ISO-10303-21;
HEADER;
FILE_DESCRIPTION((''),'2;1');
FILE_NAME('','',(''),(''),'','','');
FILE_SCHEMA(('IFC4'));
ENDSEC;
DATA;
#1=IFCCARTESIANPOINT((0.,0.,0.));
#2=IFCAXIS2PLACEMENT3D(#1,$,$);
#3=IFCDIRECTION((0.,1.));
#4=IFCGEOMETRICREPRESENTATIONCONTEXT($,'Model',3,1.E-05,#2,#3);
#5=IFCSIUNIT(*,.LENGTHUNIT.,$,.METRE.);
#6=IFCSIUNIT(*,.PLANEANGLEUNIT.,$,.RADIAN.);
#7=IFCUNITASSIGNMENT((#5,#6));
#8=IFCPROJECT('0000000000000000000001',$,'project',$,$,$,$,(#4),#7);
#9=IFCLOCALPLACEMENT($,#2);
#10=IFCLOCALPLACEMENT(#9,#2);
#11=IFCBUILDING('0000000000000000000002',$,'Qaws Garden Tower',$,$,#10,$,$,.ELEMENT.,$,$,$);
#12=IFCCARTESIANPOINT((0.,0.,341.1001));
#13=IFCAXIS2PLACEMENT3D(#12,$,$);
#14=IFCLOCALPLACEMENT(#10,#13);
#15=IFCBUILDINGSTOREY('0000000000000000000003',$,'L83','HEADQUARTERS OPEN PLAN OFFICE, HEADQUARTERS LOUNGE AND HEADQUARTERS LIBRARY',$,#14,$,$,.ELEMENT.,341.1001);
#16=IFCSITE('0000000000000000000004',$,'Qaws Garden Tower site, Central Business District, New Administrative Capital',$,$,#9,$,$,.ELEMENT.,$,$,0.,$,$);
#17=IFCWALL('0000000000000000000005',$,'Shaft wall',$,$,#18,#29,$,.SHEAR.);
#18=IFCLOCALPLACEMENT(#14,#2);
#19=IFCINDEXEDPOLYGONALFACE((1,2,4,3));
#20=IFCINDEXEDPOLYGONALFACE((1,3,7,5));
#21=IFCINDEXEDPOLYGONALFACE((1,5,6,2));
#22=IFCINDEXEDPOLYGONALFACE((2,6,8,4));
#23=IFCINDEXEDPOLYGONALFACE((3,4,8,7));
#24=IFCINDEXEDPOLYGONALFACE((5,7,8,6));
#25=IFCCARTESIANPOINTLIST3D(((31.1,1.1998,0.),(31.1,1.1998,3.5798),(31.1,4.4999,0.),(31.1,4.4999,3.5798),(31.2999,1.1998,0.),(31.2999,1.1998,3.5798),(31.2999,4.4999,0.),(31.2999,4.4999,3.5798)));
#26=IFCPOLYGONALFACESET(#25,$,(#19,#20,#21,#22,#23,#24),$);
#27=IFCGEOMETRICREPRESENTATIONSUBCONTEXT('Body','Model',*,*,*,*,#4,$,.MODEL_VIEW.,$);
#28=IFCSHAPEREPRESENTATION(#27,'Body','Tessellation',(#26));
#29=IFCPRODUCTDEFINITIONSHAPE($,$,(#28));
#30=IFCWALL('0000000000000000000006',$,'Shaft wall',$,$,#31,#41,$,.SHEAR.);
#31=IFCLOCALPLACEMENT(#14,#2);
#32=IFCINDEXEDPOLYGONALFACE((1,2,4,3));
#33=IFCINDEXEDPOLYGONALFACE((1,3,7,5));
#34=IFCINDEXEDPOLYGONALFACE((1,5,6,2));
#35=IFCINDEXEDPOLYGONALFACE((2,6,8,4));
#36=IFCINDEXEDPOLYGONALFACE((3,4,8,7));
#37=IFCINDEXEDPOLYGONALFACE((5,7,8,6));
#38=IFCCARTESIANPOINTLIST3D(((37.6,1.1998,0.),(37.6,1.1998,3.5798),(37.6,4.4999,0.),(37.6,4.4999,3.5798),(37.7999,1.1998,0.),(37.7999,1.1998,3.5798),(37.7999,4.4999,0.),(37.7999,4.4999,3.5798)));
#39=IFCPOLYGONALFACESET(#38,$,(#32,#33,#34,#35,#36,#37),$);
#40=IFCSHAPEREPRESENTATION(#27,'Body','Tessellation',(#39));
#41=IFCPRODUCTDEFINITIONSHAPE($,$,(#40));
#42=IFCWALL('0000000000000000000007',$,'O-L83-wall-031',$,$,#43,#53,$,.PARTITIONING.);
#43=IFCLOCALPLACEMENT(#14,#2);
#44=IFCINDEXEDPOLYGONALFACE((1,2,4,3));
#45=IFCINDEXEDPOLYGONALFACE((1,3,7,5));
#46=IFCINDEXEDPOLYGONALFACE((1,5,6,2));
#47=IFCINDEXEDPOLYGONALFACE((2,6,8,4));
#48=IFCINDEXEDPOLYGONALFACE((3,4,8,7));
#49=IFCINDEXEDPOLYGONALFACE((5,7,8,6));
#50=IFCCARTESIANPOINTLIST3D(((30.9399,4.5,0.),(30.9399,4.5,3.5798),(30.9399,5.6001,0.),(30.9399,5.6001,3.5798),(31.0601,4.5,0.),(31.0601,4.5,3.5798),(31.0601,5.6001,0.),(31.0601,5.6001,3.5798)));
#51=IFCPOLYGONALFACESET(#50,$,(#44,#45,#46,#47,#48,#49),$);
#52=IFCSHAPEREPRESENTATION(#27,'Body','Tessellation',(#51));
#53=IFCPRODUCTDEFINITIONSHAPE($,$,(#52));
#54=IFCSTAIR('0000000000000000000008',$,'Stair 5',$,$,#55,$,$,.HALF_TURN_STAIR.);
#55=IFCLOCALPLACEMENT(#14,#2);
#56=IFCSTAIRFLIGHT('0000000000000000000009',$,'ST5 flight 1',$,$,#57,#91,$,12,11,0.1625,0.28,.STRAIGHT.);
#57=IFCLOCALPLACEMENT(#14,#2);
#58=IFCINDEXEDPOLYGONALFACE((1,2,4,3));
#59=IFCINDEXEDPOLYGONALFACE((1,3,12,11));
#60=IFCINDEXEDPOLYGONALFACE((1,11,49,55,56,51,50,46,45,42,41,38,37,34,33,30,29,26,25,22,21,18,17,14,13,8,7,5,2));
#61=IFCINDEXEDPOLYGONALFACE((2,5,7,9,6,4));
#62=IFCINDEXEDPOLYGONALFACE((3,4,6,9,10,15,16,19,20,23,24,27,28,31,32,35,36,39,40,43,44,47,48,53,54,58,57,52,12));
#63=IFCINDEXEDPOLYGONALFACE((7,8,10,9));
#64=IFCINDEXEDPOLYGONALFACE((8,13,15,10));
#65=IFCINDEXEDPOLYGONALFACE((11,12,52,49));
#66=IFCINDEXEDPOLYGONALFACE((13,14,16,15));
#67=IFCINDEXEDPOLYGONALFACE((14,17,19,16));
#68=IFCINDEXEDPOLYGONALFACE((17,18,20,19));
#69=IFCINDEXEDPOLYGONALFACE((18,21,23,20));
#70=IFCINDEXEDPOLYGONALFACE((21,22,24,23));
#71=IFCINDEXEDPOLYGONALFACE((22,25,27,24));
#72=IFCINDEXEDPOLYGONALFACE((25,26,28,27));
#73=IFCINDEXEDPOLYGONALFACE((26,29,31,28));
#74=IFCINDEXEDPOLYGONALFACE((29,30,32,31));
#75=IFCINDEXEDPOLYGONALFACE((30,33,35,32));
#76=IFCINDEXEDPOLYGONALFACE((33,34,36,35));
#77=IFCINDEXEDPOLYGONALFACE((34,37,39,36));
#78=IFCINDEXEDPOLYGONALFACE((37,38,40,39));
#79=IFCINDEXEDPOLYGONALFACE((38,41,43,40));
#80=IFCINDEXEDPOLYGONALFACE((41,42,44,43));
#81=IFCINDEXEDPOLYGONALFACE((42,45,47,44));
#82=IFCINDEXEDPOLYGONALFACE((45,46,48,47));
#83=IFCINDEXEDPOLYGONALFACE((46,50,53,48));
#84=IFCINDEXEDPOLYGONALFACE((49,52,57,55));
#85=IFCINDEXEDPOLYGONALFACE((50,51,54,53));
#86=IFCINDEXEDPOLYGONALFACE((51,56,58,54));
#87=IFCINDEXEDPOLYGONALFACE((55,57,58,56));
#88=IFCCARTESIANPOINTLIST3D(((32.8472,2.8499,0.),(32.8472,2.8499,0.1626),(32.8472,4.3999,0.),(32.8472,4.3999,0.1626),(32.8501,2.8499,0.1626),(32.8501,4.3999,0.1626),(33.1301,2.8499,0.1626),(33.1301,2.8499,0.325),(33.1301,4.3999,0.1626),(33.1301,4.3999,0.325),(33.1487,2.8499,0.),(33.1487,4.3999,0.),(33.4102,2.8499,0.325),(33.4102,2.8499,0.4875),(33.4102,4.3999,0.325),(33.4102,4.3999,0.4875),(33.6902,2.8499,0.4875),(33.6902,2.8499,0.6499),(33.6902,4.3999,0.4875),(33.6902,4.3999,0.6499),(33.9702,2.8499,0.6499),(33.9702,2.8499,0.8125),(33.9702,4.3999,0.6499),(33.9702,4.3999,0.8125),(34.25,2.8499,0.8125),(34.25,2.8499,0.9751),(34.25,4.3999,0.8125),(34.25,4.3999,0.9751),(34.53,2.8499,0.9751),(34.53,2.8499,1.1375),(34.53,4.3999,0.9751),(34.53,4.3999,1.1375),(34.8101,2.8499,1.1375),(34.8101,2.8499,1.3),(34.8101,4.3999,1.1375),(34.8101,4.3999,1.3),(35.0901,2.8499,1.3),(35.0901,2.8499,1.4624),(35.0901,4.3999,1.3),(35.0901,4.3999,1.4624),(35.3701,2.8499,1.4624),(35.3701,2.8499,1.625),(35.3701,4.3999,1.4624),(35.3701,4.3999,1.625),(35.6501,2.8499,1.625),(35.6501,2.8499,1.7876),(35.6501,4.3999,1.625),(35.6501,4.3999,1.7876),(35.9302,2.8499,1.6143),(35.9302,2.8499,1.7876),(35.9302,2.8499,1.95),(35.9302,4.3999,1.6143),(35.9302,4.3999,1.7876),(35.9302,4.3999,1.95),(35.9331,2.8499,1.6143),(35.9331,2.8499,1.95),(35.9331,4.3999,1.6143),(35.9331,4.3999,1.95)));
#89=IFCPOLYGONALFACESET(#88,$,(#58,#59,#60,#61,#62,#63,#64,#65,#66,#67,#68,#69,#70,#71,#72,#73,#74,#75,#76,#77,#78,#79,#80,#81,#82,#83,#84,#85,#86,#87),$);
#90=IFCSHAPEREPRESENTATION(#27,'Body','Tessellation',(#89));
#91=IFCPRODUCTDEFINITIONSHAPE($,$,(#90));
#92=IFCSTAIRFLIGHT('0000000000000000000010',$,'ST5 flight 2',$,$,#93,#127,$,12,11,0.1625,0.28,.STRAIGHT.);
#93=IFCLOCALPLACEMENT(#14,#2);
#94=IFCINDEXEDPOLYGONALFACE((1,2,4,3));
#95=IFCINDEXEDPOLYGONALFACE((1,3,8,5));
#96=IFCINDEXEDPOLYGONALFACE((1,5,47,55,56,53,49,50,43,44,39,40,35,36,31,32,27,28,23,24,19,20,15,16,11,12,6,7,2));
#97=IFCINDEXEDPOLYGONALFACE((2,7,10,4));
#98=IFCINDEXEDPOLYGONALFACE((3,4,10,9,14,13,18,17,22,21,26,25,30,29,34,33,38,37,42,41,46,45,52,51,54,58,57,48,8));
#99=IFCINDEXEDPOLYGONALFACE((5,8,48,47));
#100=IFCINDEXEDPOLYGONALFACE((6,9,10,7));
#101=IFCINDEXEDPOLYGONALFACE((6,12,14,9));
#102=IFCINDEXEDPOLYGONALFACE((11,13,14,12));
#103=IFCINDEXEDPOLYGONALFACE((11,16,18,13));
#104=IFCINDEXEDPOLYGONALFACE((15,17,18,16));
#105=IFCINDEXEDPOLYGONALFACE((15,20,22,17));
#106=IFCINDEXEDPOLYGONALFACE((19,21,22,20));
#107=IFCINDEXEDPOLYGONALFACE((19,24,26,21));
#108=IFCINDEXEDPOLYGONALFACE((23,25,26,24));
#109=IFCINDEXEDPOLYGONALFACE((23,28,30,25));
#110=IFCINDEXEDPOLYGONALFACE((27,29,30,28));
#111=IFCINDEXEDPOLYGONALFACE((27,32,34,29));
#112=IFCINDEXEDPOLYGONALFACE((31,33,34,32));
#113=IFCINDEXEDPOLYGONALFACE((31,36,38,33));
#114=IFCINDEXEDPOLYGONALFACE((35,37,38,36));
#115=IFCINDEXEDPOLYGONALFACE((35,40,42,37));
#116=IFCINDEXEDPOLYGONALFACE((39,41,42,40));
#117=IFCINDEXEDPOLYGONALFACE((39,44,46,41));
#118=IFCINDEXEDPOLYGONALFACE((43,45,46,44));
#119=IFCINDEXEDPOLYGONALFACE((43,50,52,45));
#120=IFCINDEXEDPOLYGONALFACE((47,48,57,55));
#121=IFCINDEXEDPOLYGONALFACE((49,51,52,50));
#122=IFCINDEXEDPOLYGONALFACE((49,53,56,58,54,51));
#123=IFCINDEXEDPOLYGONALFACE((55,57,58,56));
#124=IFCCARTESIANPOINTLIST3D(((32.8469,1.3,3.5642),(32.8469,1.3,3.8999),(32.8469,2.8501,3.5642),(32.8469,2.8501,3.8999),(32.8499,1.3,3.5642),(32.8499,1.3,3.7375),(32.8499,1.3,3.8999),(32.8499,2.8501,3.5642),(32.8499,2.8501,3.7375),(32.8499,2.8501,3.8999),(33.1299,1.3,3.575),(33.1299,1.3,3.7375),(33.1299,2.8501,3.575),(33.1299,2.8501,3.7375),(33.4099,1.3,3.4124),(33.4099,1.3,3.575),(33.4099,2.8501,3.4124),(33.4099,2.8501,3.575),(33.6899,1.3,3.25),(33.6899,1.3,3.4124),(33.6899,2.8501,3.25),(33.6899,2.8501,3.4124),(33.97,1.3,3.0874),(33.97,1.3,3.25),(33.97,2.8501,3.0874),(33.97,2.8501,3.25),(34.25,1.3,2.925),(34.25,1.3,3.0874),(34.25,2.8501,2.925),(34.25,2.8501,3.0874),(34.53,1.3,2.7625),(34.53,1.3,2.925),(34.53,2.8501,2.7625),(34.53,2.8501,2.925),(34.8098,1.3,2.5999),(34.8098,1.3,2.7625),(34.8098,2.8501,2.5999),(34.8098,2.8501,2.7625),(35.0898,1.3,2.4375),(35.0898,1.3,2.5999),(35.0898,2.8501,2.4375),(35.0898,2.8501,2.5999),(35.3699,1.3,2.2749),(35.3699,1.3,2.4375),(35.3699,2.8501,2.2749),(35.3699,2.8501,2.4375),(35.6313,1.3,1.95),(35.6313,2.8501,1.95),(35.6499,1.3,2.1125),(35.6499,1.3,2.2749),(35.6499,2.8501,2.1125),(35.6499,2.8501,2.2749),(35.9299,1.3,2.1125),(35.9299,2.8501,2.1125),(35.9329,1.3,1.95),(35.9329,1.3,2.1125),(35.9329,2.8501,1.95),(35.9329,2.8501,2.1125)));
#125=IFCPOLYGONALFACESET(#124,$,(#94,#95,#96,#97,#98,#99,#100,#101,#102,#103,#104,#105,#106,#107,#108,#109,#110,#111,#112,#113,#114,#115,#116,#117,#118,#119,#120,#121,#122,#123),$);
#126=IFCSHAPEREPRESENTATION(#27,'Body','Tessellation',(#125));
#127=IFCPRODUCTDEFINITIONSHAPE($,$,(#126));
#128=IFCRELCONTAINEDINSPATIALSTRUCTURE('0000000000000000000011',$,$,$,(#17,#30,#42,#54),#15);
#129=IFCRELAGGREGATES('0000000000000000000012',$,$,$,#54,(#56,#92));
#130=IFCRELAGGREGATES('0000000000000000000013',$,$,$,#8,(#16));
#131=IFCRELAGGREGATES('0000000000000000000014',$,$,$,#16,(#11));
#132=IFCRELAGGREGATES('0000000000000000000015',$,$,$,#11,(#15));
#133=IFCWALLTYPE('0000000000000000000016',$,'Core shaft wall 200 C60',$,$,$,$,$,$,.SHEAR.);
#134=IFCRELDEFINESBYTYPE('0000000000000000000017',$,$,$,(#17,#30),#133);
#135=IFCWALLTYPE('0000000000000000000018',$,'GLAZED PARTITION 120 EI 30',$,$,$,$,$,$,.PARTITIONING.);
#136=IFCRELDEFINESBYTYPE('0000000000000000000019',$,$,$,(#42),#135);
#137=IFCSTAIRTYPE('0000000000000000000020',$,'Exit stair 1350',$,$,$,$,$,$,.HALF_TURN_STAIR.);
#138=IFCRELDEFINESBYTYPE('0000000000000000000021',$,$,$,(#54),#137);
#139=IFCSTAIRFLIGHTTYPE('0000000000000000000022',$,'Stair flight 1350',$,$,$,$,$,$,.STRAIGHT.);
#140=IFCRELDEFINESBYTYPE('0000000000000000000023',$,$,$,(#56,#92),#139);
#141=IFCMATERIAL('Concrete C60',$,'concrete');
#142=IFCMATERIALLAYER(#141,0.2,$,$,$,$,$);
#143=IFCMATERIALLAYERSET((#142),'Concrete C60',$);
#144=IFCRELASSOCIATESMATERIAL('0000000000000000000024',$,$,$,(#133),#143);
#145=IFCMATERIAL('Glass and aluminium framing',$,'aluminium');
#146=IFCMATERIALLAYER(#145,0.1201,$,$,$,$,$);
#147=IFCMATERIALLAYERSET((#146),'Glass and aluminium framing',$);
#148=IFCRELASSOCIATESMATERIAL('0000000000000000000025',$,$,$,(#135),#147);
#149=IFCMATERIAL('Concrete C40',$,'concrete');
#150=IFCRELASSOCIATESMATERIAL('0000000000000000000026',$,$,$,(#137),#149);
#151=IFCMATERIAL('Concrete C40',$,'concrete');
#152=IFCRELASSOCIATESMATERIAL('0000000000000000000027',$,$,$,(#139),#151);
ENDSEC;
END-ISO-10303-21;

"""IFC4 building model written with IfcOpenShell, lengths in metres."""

from ifc_helpers import new_model, si_unit, direction, frame, frame_2d, origin, place, context, subcontext, project, spatial, polyline, rectangle, outline, extrude, material, layer, layer_set, type_object, element, aggregate, save


model = new_model("IFC4")

# Units and contexts
model_context = context("Model", 3, precision=1e-05, world=origin(), true_north=direction((0.0, 1.0)))
body_context = subcontext(model_context, "Body", "Model", "MODEL_VIEW")
ifc_project = project(units=[si_unit("LENGTHUNIT", "METRE"), si_unit("PLANEANGLEUNIT", "RADIAN")], contexts=[model_context])

# Site, building, storey
site_placement = place(None, origin())
site = spatial("IfcSite", under=ifc_project, at=site_placement, Name="Qaws Garden Tower site, Central Business District, New Administrative Capital", CompositionType="ELEMENT", RefElevation=0.0)
building_placement = place(site_placement, origin())
building = spatial("IfcBuilding", under=site, at=building_placement, Name="Qaws Garden Tower", CompositionType="ELEMENT")
storey_placement = place(building_placement, frame((0.0, 0.0, 341.1001)))
storey = spatial("IfcBuildingStorey", under=building, at=storey_placement, Name="L83", Description="HEADQUARTERS OPEN PLAN OFFICE, HEADQUARTERS LOUNGE AND HEADQUARTERS LIBRARY", CompositionType="ELEMENT", Elevation=341.1001)

# Shared definitions
ifc_material_1 = material(Name="Concrete C60", Category="concrete")
ifc_layer_1 = layer(ifc_material_1, 0.2)
ifc_layer_set_1 = layer_set([ifc_layer_1], Name="Concrete C60")
wall_type_1 = type_object("IfcWallType", Name="Core shaft wall 200 C60", PredefinedType="SHEAR", material=ifc_layer_set_1)

# Walls
for number, where, z_axis, x_axis, name in (
    (1, (31.2, 1.2, 0.0), (0.0, 0.0, 1.0), (0.0, 1.0, 0.0), "Shaft wall"),
    (2, (37.7, 1.2, 0.0), (0.0, 0.0, 1.0), (0.0, 1.0, 0.0), "Shaft wall"),
):
    element("IfcWall", number, at=place(storey_placement, frame(where, z_axis=z_axis, x_axis=x_axis)), inside=storey, type_object=wall_type_1, Name=name, PredefinedType="SHEAR", context=body_context, shape_type="SweptSolid", body=[
        extrude(rectangle(XDim=3.3, YDim=0.2, at=frame_2d((1.6499, 0.0))), origin(), (0.0, 0.0, 1.0), 3.5798),
    ])
ifc_material_2 = material(Name="Glass and aluminium framing", Category="aluminium")
ifc_layer_2 = layer(ifc_material_2, 0.1201)
ifc_layer_set_2 = layer_set([ifc_layer_2], Name="Glass and aluminium framing")
wall_type_2 = type_object("IfcWallType", Name="GLAZED PARTITION 120 EI 30", PredefinedType="PARTITIONING", material=ifc_layer_set_2)
wall_1_placement = place(storey_placement, frame((31.0, 4.5, 0.0), z_axis=(0.0, 0.0, 1.0), x_axis=(0.0, 1.0, 0.0)))
element("IfcWall", 3, at=wall_1_placement, inside=storey, type_object=wall_type_2, Name="O-L83-wall-031", PredefinedType="PARTITIONING", context=body_context, shape_type="SweptSolid", body=[
    extrude(rectangle(XDim=1.1001, YDim=0.1201, at=frame_2d((0.55, 0.0))), origin(), (0.0, 0.0, 1.0), 3.5798),
])

# Stair, stair flights
ifc_material_3 = material(Name="Concrete C40", Category="concrete")
stair_type = type_object("IfcStairType", Name="Exit stair 1350", PredefinedType="HALF_TURN_STAIR", material=ifc_material_3)
stair_placement = place(storey_placement, origin())
stair = element("IfcStair", 4, at=stair_placement, inside=storey, type_object=stair_type, Name="Stair 5", PredefinedType="HALF_TURN_STAIR")
ifc_material_4 = material(Name="Concrete C40", Category="concrete")
stair_flight_type = type_object("IfcStairFlightType", Name="Stair flight 1350", PredefinedType="STRAIGHT", material=ifc_material_4)
stair_flight_1_placement = place(storey_placement, frame((32.8501, 3.625, 0.0), z_axis=(0.0, 0.0, 1.0), x_axis=(1.0, 0.0, 0.0)))
stair_flight_1 = element("IfcStairFlight", 5, at=stair_flight_1_placement, type_object=stair_flight_type, Name="ST5 flight 1", NumberOfRisers=12, NumberOfTreads=11, PredefinedType="STRAIGHT", RiserHeight=0.1625, TreadLength=0.28, context=body_context, shape_type="SweptSolid", body=[
    extrude(outline(polyline([(-0.0029, 0.0), (-0.0029, 0.1626), (0.0, 0.1626), (0.28, 0.1626), (0.28, 0.325), (0.5601, 0.325), (0.5601, 0.4875), (0.8401, 0.4875), (0.8401, 0.6499), (1.1201, 0.6499), (1.1201, 0.8125), (1.3999, 0.8125), (1.3999, 0.9751), (1.6799, 0.9751), (1.6799, 1.1375), (1.96, 1.1375), (1.96, 1.3), (2.24, 1.3), (2.24, 1.4624), (2.52, 1.4624), (2.52, 1.625), (2.8, 1.625), (2.8, 1.7876), (3.0801, 1.7876), (3.0801, 1.95), (3.083, 1.95), (3.083, 1.6143), (3.0801, 1.6143), (0.2986, 0.0), (-0.0029, 0.0)])), frame((0.0, 0.7749, 0.0), z_axis=(0.0, -1.0, 0.0), x_axis=(1.0, 0.0, 0.0)), (0.0, 0.0, 1.0), 1.55),
])
stair_flight_2_placement = place(storey_placement, frame((35.9299, 2.075, 1.95), z_axis=(0.0, 0.0, 1.0), x_axis=(-1.0, 0.0, 0.0)))
stair_flight_2 = element("IfcStairFlight", 6, at=stair_flight_2_placement, type_object=stair_flight_type, Name="ST5 flight 2", NumberOfRisers=12, NumberOfTreads=11, PredefinedType="STRAIGHT", RiserHeight=0.1625, TreadLength=0.28, context=body_context, shape_type="SweptSolid", body=[
    extrude(outline(polyline([(-0.0029, 0.0), (-0.0029, 0.1626), (0.0, 0.1626), (0.28, 0.1626), (0.28, 0.325), (0.5601, 0.325), (0.5601, 0.4875), (0.8401, 0.4875), (0.8401, 0.6499), (1.1201, 0.6499), (1.1201, 0.8125), (1.3999, 0.8125), (1.3999, 0.9751), (1.6799, 0.9751), (1.6799, 1.1375), (1.96, 1.1375), (1.96, 1.3), (2.24, 1.3), (2.24, 1.4624), (2.52, 1.4624), (2.52, 1.625), (2.8, 1.625), (2.8, 1.7876), (3.0801, 1.7876), (3.0801, 1.95), (3.083, 1.95), (3.083, 1.6143), (3.0801, 1.6143), (0.2986, 0.0), (-0.0029, 0.0)])), frame((0.0, 0.7749, 0.0), z_axis=(0.0, -1.0, 0.0), x_axis=(1.0, 0.0, 0.0)), (0.0, 0.0, 1.0), 1.55),
])
aggregate(stair, [stair_flight_1, stair_flight_2])

save(model, "model.ifc")
